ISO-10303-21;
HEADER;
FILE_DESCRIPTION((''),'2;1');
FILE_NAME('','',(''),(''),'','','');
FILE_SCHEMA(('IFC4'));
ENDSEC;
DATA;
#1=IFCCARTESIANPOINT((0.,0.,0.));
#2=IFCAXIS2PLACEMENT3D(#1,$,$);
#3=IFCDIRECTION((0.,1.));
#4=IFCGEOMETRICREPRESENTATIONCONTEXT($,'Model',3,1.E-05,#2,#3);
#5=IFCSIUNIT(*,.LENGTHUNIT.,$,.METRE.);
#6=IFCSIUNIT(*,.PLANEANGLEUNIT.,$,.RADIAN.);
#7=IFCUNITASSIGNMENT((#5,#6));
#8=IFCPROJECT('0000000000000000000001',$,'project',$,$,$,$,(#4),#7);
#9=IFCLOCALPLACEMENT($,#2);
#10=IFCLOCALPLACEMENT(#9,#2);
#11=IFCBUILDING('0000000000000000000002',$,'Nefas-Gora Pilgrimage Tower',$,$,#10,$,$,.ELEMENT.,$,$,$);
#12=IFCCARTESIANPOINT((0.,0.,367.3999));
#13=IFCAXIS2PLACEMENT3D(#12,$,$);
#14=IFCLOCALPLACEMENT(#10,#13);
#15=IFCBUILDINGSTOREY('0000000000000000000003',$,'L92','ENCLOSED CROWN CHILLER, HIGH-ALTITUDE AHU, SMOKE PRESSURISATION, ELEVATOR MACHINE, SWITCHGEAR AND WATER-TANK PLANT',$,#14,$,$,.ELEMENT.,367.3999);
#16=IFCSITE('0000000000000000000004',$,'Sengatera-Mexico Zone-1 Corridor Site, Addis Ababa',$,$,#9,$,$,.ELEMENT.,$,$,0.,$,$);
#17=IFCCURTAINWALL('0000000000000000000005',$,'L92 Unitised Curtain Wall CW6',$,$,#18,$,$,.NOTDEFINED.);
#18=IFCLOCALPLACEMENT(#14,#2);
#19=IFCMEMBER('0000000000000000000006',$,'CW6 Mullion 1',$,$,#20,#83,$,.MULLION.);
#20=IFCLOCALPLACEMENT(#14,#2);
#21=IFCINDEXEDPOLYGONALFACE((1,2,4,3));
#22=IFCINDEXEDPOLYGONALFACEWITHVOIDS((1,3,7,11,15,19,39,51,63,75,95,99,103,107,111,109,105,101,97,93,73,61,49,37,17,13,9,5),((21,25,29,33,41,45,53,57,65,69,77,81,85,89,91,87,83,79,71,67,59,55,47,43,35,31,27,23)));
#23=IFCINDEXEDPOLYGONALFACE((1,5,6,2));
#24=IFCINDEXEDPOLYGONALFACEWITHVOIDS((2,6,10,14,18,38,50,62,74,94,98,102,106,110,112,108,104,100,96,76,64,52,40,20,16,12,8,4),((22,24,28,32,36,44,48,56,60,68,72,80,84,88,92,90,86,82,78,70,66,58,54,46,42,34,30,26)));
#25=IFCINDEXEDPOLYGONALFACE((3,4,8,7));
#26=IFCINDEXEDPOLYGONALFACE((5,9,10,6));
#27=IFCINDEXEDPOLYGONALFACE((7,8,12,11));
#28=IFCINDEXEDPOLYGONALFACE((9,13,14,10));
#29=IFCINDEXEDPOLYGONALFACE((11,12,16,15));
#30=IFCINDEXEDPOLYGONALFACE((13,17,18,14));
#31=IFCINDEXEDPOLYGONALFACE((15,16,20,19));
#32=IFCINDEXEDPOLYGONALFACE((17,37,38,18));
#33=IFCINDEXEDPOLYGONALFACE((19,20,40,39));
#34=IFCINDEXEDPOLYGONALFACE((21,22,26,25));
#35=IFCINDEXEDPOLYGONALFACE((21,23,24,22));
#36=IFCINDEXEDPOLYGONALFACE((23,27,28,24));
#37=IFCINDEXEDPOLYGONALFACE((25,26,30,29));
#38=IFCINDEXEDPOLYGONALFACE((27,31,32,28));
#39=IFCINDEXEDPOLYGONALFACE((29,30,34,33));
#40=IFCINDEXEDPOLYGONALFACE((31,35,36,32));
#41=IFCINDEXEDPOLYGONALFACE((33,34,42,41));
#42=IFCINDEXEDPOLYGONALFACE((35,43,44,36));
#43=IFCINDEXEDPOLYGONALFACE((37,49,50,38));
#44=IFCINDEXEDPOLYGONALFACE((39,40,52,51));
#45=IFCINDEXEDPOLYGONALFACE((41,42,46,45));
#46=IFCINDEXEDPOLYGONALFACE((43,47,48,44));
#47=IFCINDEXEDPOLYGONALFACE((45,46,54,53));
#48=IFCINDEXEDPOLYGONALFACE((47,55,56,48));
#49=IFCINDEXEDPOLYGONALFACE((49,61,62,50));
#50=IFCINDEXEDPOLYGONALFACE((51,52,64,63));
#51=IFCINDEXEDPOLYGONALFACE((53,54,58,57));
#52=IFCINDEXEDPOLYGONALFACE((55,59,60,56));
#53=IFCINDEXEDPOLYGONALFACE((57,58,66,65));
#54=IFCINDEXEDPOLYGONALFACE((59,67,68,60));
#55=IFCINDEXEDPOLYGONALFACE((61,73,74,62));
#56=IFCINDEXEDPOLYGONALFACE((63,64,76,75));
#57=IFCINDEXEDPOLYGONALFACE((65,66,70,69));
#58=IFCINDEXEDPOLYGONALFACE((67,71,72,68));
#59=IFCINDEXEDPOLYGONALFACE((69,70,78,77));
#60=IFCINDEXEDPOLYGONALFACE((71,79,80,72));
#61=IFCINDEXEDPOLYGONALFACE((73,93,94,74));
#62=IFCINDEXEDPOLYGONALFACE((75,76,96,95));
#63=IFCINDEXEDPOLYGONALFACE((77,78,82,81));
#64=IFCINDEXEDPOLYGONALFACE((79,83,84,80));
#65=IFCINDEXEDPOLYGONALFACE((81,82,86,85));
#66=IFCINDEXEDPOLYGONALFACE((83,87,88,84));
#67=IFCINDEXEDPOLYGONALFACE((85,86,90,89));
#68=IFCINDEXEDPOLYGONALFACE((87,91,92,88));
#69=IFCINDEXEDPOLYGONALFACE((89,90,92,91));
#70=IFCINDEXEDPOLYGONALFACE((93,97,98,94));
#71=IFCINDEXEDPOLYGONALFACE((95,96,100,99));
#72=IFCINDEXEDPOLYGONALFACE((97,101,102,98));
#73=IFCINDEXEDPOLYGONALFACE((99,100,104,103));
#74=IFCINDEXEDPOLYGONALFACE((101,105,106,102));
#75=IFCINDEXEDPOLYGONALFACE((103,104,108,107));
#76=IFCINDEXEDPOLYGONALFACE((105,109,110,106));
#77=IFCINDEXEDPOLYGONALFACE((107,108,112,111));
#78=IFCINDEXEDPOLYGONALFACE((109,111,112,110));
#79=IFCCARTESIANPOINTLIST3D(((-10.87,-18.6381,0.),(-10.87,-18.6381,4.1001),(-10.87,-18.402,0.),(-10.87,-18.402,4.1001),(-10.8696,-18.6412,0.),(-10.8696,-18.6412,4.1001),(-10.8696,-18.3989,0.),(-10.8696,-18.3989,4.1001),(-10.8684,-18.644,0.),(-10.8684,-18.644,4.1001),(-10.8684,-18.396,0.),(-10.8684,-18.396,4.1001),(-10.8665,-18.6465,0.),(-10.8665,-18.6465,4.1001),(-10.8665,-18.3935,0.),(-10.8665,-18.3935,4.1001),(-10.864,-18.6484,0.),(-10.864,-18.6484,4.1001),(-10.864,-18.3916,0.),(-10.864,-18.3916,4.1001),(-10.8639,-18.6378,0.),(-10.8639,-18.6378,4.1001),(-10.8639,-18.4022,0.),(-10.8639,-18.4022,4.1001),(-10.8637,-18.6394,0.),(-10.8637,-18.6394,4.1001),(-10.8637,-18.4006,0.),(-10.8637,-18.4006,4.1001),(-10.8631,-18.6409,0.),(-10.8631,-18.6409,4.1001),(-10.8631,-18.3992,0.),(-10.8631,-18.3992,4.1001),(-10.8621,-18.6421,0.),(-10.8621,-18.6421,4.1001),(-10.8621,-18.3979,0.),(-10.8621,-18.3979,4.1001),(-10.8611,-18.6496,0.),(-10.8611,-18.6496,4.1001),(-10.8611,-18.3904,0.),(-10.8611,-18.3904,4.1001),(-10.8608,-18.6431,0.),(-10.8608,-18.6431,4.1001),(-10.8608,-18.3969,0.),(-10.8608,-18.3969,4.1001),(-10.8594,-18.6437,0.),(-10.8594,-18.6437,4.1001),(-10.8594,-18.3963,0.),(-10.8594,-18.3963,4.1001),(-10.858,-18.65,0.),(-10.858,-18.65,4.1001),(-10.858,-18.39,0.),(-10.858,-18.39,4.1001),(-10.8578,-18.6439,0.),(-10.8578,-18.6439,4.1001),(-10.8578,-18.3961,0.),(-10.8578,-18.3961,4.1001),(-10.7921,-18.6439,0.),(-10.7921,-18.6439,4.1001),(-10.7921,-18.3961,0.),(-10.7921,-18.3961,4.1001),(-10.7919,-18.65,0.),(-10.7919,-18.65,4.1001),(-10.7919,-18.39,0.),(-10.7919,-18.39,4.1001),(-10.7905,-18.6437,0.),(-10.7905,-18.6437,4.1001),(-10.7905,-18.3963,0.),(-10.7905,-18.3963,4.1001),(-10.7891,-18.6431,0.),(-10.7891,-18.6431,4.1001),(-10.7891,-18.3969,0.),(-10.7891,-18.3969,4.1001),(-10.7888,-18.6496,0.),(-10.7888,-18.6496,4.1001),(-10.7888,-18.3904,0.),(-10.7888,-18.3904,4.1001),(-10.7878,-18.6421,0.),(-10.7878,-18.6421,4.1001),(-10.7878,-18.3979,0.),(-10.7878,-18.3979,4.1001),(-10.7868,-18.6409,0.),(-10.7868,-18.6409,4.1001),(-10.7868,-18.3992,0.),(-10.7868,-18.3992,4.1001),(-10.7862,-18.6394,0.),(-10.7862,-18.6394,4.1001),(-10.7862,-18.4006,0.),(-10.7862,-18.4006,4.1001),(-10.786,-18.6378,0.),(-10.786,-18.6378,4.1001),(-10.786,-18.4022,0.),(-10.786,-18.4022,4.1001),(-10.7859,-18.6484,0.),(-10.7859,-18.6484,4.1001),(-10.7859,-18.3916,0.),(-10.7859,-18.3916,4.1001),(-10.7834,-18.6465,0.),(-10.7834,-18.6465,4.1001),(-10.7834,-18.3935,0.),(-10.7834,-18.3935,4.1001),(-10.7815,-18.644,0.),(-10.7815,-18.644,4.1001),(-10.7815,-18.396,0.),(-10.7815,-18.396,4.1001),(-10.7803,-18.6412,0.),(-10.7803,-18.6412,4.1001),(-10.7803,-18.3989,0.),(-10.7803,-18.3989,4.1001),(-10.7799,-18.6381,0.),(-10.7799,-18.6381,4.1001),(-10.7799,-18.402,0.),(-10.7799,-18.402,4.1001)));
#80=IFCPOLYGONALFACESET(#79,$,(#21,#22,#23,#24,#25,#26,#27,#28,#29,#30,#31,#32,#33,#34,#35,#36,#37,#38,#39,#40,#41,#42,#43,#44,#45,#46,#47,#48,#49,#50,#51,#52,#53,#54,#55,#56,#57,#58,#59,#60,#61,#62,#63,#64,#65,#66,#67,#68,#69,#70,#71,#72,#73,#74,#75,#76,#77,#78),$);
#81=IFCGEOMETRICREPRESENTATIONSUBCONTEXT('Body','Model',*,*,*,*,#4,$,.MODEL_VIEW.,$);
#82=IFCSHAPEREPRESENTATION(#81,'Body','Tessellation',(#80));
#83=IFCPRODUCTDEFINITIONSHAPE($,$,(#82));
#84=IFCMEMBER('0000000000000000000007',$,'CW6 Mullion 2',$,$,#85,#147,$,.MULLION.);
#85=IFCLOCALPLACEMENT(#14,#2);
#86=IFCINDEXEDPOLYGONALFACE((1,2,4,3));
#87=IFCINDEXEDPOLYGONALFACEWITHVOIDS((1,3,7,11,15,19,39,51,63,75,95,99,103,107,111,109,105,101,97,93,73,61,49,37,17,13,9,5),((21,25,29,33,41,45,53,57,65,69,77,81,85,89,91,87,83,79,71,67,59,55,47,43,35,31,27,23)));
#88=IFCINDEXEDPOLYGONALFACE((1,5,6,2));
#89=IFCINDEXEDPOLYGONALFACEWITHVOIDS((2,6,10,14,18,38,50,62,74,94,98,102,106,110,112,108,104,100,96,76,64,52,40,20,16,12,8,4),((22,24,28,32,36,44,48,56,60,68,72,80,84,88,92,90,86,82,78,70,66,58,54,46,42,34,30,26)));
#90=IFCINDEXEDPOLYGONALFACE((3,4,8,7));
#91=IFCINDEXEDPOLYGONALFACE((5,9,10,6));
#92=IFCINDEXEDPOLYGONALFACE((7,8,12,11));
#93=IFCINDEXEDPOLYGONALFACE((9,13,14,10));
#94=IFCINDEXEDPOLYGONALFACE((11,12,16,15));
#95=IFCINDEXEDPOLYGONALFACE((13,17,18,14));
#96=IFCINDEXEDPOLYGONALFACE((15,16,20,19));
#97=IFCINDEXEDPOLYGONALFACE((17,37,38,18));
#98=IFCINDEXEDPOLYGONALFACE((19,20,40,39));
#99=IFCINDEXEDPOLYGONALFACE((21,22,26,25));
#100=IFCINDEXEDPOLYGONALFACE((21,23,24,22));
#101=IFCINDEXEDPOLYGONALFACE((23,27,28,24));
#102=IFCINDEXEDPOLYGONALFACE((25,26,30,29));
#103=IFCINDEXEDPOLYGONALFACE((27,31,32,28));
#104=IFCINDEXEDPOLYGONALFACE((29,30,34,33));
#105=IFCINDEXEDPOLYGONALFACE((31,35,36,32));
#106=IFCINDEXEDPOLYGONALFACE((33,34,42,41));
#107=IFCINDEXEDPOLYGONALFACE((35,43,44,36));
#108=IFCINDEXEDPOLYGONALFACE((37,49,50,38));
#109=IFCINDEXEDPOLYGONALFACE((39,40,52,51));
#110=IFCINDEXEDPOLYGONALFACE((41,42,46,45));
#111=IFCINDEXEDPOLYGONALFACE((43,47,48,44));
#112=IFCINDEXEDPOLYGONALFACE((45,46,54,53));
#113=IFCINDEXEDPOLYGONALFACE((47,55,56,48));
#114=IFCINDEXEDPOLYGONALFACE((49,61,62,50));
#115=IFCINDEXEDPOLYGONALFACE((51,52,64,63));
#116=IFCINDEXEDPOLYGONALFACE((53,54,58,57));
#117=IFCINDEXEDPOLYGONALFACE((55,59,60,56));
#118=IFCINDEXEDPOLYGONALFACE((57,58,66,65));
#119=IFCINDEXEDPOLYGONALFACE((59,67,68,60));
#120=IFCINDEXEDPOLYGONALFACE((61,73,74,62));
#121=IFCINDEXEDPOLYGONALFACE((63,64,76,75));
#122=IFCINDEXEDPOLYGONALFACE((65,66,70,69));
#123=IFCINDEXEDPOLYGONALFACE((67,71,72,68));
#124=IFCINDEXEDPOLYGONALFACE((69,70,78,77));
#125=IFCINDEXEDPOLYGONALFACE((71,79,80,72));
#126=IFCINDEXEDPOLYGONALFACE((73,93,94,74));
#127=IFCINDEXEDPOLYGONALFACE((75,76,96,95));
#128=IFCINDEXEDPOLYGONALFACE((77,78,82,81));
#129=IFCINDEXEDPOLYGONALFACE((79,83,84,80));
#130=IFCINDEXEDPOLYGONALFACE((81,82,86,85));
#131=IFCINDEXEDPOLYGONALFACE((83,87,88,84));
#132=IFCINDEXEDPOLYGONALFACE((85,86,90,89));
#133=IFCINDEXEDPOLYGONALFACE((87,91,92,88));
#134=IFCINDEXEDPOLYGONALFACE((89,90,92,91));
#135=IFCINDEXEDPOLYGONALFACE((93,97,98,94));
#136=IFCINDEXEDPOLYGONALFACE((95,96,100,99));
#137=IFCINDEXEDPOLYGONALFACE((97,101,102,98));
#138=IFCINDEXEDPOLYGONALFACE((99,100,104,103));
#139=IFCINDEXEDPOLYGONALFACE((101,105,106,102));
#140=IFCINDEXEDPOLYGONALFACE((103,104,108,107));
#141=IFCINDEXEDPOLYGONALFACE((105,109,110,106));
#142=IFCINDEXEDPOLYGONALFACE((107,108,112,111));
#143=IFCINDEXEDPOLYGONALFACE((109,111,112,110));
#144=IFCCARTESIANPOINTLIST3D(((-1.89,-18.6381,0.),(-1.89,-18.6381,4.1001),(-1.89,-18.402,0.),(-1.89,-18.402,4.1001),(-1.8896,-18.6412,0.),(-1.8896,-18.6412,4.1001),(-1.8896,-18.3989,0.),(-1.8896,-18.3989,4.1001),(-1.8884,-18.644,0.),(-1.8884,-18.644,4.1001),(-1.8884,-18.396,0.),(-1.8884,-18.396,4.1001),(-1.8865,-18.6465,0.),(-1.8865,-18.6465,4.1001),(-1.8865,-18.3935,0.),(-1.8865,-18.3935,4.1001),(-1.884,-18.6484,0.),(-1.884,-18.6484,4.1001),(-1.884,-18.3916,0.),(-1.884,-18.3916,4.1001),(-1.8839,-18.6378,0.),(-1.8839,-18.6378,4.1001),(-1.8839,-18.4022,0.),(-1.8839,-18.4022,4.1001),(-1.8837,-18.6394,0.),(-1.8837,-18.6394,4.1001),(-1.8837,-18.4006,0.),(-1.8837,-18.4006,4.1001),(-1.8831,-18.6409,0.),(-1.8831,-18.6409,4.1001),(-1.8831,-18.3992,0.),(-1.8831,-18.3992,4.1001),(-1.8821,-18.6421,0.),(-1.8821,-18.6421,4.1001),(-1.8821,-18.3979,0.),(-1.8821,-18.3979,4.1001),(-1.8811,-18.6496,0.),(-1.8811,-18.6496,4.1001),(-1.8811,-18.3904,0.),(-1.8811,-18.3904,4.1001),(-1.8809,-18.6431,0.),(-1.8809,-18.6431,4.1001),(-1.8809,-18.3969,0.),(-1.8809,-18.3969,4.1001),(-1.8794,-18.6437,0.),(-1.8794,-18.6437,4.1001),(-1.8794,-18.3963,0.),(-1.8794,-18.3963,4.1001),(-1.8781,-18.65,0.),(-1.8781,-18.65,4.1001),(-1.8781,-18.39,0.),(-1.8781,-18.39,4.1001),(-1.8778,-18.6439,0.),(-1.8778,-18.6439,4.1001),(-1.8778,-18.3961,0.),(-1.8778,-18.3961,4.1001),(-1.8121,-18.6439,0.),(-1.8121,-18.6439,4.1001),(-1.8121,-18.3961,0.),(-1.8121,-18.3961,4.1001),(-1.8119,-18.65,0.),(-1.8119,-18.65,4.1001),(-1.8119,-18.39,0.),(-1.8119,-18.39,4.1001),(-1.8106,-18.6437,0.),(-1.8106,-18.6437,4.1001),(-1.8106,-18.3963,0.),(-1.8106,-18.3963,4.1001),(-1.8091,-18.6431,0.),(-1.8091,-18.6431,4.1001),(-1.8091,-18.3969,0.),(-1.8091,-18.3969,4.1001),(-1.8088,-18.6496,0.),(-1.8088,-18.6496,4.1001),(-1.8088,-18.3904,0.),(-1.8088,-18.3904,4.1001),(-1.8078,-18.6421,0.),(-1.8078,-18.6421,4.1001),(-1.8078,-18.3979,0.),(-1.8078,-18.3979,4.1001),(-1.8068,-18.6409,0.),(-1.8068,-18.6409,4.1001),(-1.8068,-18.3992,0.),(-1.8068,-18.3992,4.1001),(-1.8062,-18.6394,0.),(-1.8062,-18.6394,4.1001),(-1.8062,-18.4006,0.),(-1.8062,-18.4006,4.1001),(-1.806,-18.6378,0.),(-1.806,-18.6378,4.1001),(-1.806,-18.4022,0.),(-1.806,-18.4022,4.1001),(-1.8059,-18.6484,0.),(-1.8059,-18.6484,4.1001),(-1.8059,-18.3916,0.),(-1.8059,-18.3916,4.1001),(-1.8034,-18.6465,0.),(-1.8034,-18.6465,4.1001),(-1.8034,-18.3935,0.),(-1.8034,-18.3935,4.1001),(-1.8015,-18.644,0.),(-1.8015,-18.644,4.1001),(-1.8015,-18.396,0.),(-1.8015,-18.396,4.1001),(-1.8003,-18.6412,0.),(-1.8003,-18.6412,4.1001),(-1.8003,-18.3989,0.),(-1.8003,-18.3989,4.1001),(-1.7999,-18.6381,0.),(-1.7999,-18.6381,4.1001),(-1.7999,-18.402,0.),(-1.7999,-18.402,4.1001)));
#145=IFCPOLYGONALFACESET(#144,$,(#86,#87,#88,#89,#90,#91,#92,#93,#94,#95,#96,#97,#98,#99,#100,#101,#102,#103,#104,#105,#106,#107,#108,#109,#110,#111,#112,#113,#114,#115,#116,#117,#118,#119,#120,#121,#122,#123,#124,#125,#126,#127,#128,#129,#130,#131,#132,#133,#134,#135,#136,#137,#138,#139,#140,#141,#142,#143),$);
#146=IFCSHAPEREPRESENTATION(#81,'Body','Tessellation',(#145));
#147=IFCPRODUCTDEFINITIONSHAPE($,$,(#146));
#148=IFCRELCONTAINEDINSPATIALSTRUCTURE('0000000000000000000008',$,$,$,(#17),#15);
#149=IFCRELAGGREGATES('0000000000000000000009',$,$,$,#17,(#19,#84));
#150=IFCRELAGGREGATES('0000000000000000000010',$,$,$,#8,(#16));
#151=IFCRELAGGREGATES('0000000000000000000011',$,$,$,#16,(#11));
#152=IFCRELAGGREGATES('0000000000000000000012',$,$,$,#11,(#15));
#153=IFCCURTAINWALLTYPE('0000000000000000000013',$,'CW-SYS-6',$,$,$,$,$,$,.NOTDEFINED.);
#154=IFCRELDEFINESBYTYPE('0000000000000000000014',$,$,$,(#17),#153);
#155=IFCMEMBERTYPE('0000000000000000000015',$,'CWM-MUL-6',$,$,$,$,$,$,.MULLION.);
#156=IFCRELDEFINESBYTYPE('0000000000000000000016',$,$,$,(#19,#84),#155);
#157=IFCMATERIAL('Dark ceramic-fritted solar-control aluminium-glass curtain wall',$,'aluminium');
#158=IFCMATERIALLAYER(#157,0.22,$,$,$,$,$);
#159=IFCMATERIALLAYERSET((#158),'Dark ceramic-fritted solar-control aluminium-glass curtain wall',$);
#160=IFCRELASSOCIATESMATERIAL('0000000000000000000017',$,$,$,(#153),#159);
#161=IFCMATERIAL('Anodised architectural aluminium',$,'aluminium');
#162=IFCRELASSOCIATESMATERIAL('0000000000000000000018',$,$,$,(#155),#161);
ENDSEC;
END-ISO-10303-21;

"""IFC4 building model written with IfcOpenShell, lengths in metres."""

from ifc_helpers import new_model, si_unit, direction, frame, origin, origin_2d, place, context, subcontext, project, spatial, hollow_rectangle, extrude, source, transform, mapped, material, layer, layer_set, material_profile, profile_set, type_object, element, aggregate, save


model = new_model("IFC4")

# Units and contexts
model_context = context("Model", 3, precision=1e-05, world=origin(), true_north=direction((0.0, 1.0)))
body_context = subcontext(model_context, "Body", "Model", "MODEL_VIEW")
ifc_project = project(units=[si_unit("LENGTHUNIT", "METRE"), si_unit("PLANEANGLEUNIT", "RADIAN")], contexts=[model_context])

# Site, building, storey
site_placement = place(None, origin())
site = spatial("IfcSite", under=ifc_project, at=site_placement, Name="Sengatera-Mexico Zone-1 Corridor Site, Addis Ababa", CompositionType="ELEMENT", RefElevation=0.0)
building_placement = place(site_placement, origin())
building = spatial("IfcBuilding", under=site, at=building_placement, Name="Nefas-Gora Pilgrimage Tower", CompositionType="ELEMENT")
storey_placement = place(building_placement, frame((0.0, 0.0, 367.3999)))
storey = spatial("IfcBuildingStorey", under=building, at=storey_placement, Name="L92", Description="ENCLOSED CROWN CHILLER, HIGH-ALTITUDE AHU, SMOKE PRESSURISATION, ELEVATOR MACHINE, SWITCHGEAR AND WATER-TANK PLANT", CompositionType="ELEMENT", Elevation=367.3999)

# Curtain wall
ifc_material_1 = material(Name="Dark ceramic-fritted solar-control aluminium-glass curtain wall", Category="aluminium")
ifc_layer_1 = layer(ifc_material_1, 0.22)
ifc_layer_set_1 = layer_set([ifc_layer_1], Name="Dark ceramic-fritted solar-control aluminium-glass curtain wall")
curtain_wall_type = type_object("IfcCurtainWallType", Name="CW-SYS-6", PredefinedType="NOTDEFINED", material=ifc_layer_set_1)
curtain_wall_1_placement = place(storey_placement, origin())
curtain_wall_1 = element("IfcCurtainWall", 1, at=curtain_wall_1_placement, inside=storey, type_object=curtain_wall_type, Name="L92 Unitised Curtain Wall CW6", PredefinedType="NOTDEFINED")
ifc_material_2 = material(Name="Anodised architectural aluminium", Category="aluminium")
ifc_material_profile_1 = material_profile(ifc_material_2, hollow_rectangle(XDim=0.0901, YDim=0.26, WallThickness=0.0061, InnerFilletRadius=0.0061, OuterFilletRadius=0.012, at=origin_2d()), Name="ALU MULLION 90x260")
ifc_profile_set_1 = profile_set([ifc_material_profile_1], Name="Anodised architectural aluminium")
member_type_1 = type_object("IfcMemberType", Name="CWM-MUL-6", PredefinedType="MULLION", material=ifc_profile_set_1)
shared_shape_1 = source(origin(), body_context, "Body", "SweptSolid", [
    extrude(hollow_rectangle(XDim=0.0901, YDim=0.26, WallThickness=0.0061, InnerFilletRadius=0.0061, OuterFilletRadius=0.012, at=origin_2d()), origin(), (0.0, 0.0, 1.0), 4.1001),
])

# Members
member_1_placement = place(storey_placement, frame((-10.825, -18.52, 0.0), z_axis=(0.0, 0.0, 1.0), x_axis=(1.0, 0.0, 0.0)))
member_1 = element("IfcMember", 2, at=member_1_placement, type_object=member_type_1, Name="CW6 Mullion 1", PredefinedType="MULLION", context=body_context, shape_type="MappedRepresentation", body=[
    mapped(shared_shape_1, transform((0.0, 0.0, 0.0), x_axis=(1.0, 0.0, 0.0), y_axis=(0.0, 1.0, 0.0), z_axis=(0.0, 0.0, 1.0), scale=1.0)),
])
member_2_placement = place(storey_placement, frame((-1.845, -18.52, 0.0), z_axis=(0.0, 0.0, 1.0), x_axis=(1.0, 0.0, 0.0)))
member_2 = element("IfcMember", 3, at=member_2_placement, type_object=member_type_1, Name="CW6 Mullion 2", PredefinedType="MULLION", context=body_context, shape_type="MappedRepresentation", body=[
    mapped(shared_shape_1, transform((0.0, 0.0, 0.0), x_axis=(1.0, 0.0, 0.0), y_axis=(0.0, 1.0, 0.0), z_axis=(0.0, 0.0, 1.0), scale=1.0)),
])

aggregate(curtain_wall_1, [member_1, member_2])

save(model, "model.ifc")
